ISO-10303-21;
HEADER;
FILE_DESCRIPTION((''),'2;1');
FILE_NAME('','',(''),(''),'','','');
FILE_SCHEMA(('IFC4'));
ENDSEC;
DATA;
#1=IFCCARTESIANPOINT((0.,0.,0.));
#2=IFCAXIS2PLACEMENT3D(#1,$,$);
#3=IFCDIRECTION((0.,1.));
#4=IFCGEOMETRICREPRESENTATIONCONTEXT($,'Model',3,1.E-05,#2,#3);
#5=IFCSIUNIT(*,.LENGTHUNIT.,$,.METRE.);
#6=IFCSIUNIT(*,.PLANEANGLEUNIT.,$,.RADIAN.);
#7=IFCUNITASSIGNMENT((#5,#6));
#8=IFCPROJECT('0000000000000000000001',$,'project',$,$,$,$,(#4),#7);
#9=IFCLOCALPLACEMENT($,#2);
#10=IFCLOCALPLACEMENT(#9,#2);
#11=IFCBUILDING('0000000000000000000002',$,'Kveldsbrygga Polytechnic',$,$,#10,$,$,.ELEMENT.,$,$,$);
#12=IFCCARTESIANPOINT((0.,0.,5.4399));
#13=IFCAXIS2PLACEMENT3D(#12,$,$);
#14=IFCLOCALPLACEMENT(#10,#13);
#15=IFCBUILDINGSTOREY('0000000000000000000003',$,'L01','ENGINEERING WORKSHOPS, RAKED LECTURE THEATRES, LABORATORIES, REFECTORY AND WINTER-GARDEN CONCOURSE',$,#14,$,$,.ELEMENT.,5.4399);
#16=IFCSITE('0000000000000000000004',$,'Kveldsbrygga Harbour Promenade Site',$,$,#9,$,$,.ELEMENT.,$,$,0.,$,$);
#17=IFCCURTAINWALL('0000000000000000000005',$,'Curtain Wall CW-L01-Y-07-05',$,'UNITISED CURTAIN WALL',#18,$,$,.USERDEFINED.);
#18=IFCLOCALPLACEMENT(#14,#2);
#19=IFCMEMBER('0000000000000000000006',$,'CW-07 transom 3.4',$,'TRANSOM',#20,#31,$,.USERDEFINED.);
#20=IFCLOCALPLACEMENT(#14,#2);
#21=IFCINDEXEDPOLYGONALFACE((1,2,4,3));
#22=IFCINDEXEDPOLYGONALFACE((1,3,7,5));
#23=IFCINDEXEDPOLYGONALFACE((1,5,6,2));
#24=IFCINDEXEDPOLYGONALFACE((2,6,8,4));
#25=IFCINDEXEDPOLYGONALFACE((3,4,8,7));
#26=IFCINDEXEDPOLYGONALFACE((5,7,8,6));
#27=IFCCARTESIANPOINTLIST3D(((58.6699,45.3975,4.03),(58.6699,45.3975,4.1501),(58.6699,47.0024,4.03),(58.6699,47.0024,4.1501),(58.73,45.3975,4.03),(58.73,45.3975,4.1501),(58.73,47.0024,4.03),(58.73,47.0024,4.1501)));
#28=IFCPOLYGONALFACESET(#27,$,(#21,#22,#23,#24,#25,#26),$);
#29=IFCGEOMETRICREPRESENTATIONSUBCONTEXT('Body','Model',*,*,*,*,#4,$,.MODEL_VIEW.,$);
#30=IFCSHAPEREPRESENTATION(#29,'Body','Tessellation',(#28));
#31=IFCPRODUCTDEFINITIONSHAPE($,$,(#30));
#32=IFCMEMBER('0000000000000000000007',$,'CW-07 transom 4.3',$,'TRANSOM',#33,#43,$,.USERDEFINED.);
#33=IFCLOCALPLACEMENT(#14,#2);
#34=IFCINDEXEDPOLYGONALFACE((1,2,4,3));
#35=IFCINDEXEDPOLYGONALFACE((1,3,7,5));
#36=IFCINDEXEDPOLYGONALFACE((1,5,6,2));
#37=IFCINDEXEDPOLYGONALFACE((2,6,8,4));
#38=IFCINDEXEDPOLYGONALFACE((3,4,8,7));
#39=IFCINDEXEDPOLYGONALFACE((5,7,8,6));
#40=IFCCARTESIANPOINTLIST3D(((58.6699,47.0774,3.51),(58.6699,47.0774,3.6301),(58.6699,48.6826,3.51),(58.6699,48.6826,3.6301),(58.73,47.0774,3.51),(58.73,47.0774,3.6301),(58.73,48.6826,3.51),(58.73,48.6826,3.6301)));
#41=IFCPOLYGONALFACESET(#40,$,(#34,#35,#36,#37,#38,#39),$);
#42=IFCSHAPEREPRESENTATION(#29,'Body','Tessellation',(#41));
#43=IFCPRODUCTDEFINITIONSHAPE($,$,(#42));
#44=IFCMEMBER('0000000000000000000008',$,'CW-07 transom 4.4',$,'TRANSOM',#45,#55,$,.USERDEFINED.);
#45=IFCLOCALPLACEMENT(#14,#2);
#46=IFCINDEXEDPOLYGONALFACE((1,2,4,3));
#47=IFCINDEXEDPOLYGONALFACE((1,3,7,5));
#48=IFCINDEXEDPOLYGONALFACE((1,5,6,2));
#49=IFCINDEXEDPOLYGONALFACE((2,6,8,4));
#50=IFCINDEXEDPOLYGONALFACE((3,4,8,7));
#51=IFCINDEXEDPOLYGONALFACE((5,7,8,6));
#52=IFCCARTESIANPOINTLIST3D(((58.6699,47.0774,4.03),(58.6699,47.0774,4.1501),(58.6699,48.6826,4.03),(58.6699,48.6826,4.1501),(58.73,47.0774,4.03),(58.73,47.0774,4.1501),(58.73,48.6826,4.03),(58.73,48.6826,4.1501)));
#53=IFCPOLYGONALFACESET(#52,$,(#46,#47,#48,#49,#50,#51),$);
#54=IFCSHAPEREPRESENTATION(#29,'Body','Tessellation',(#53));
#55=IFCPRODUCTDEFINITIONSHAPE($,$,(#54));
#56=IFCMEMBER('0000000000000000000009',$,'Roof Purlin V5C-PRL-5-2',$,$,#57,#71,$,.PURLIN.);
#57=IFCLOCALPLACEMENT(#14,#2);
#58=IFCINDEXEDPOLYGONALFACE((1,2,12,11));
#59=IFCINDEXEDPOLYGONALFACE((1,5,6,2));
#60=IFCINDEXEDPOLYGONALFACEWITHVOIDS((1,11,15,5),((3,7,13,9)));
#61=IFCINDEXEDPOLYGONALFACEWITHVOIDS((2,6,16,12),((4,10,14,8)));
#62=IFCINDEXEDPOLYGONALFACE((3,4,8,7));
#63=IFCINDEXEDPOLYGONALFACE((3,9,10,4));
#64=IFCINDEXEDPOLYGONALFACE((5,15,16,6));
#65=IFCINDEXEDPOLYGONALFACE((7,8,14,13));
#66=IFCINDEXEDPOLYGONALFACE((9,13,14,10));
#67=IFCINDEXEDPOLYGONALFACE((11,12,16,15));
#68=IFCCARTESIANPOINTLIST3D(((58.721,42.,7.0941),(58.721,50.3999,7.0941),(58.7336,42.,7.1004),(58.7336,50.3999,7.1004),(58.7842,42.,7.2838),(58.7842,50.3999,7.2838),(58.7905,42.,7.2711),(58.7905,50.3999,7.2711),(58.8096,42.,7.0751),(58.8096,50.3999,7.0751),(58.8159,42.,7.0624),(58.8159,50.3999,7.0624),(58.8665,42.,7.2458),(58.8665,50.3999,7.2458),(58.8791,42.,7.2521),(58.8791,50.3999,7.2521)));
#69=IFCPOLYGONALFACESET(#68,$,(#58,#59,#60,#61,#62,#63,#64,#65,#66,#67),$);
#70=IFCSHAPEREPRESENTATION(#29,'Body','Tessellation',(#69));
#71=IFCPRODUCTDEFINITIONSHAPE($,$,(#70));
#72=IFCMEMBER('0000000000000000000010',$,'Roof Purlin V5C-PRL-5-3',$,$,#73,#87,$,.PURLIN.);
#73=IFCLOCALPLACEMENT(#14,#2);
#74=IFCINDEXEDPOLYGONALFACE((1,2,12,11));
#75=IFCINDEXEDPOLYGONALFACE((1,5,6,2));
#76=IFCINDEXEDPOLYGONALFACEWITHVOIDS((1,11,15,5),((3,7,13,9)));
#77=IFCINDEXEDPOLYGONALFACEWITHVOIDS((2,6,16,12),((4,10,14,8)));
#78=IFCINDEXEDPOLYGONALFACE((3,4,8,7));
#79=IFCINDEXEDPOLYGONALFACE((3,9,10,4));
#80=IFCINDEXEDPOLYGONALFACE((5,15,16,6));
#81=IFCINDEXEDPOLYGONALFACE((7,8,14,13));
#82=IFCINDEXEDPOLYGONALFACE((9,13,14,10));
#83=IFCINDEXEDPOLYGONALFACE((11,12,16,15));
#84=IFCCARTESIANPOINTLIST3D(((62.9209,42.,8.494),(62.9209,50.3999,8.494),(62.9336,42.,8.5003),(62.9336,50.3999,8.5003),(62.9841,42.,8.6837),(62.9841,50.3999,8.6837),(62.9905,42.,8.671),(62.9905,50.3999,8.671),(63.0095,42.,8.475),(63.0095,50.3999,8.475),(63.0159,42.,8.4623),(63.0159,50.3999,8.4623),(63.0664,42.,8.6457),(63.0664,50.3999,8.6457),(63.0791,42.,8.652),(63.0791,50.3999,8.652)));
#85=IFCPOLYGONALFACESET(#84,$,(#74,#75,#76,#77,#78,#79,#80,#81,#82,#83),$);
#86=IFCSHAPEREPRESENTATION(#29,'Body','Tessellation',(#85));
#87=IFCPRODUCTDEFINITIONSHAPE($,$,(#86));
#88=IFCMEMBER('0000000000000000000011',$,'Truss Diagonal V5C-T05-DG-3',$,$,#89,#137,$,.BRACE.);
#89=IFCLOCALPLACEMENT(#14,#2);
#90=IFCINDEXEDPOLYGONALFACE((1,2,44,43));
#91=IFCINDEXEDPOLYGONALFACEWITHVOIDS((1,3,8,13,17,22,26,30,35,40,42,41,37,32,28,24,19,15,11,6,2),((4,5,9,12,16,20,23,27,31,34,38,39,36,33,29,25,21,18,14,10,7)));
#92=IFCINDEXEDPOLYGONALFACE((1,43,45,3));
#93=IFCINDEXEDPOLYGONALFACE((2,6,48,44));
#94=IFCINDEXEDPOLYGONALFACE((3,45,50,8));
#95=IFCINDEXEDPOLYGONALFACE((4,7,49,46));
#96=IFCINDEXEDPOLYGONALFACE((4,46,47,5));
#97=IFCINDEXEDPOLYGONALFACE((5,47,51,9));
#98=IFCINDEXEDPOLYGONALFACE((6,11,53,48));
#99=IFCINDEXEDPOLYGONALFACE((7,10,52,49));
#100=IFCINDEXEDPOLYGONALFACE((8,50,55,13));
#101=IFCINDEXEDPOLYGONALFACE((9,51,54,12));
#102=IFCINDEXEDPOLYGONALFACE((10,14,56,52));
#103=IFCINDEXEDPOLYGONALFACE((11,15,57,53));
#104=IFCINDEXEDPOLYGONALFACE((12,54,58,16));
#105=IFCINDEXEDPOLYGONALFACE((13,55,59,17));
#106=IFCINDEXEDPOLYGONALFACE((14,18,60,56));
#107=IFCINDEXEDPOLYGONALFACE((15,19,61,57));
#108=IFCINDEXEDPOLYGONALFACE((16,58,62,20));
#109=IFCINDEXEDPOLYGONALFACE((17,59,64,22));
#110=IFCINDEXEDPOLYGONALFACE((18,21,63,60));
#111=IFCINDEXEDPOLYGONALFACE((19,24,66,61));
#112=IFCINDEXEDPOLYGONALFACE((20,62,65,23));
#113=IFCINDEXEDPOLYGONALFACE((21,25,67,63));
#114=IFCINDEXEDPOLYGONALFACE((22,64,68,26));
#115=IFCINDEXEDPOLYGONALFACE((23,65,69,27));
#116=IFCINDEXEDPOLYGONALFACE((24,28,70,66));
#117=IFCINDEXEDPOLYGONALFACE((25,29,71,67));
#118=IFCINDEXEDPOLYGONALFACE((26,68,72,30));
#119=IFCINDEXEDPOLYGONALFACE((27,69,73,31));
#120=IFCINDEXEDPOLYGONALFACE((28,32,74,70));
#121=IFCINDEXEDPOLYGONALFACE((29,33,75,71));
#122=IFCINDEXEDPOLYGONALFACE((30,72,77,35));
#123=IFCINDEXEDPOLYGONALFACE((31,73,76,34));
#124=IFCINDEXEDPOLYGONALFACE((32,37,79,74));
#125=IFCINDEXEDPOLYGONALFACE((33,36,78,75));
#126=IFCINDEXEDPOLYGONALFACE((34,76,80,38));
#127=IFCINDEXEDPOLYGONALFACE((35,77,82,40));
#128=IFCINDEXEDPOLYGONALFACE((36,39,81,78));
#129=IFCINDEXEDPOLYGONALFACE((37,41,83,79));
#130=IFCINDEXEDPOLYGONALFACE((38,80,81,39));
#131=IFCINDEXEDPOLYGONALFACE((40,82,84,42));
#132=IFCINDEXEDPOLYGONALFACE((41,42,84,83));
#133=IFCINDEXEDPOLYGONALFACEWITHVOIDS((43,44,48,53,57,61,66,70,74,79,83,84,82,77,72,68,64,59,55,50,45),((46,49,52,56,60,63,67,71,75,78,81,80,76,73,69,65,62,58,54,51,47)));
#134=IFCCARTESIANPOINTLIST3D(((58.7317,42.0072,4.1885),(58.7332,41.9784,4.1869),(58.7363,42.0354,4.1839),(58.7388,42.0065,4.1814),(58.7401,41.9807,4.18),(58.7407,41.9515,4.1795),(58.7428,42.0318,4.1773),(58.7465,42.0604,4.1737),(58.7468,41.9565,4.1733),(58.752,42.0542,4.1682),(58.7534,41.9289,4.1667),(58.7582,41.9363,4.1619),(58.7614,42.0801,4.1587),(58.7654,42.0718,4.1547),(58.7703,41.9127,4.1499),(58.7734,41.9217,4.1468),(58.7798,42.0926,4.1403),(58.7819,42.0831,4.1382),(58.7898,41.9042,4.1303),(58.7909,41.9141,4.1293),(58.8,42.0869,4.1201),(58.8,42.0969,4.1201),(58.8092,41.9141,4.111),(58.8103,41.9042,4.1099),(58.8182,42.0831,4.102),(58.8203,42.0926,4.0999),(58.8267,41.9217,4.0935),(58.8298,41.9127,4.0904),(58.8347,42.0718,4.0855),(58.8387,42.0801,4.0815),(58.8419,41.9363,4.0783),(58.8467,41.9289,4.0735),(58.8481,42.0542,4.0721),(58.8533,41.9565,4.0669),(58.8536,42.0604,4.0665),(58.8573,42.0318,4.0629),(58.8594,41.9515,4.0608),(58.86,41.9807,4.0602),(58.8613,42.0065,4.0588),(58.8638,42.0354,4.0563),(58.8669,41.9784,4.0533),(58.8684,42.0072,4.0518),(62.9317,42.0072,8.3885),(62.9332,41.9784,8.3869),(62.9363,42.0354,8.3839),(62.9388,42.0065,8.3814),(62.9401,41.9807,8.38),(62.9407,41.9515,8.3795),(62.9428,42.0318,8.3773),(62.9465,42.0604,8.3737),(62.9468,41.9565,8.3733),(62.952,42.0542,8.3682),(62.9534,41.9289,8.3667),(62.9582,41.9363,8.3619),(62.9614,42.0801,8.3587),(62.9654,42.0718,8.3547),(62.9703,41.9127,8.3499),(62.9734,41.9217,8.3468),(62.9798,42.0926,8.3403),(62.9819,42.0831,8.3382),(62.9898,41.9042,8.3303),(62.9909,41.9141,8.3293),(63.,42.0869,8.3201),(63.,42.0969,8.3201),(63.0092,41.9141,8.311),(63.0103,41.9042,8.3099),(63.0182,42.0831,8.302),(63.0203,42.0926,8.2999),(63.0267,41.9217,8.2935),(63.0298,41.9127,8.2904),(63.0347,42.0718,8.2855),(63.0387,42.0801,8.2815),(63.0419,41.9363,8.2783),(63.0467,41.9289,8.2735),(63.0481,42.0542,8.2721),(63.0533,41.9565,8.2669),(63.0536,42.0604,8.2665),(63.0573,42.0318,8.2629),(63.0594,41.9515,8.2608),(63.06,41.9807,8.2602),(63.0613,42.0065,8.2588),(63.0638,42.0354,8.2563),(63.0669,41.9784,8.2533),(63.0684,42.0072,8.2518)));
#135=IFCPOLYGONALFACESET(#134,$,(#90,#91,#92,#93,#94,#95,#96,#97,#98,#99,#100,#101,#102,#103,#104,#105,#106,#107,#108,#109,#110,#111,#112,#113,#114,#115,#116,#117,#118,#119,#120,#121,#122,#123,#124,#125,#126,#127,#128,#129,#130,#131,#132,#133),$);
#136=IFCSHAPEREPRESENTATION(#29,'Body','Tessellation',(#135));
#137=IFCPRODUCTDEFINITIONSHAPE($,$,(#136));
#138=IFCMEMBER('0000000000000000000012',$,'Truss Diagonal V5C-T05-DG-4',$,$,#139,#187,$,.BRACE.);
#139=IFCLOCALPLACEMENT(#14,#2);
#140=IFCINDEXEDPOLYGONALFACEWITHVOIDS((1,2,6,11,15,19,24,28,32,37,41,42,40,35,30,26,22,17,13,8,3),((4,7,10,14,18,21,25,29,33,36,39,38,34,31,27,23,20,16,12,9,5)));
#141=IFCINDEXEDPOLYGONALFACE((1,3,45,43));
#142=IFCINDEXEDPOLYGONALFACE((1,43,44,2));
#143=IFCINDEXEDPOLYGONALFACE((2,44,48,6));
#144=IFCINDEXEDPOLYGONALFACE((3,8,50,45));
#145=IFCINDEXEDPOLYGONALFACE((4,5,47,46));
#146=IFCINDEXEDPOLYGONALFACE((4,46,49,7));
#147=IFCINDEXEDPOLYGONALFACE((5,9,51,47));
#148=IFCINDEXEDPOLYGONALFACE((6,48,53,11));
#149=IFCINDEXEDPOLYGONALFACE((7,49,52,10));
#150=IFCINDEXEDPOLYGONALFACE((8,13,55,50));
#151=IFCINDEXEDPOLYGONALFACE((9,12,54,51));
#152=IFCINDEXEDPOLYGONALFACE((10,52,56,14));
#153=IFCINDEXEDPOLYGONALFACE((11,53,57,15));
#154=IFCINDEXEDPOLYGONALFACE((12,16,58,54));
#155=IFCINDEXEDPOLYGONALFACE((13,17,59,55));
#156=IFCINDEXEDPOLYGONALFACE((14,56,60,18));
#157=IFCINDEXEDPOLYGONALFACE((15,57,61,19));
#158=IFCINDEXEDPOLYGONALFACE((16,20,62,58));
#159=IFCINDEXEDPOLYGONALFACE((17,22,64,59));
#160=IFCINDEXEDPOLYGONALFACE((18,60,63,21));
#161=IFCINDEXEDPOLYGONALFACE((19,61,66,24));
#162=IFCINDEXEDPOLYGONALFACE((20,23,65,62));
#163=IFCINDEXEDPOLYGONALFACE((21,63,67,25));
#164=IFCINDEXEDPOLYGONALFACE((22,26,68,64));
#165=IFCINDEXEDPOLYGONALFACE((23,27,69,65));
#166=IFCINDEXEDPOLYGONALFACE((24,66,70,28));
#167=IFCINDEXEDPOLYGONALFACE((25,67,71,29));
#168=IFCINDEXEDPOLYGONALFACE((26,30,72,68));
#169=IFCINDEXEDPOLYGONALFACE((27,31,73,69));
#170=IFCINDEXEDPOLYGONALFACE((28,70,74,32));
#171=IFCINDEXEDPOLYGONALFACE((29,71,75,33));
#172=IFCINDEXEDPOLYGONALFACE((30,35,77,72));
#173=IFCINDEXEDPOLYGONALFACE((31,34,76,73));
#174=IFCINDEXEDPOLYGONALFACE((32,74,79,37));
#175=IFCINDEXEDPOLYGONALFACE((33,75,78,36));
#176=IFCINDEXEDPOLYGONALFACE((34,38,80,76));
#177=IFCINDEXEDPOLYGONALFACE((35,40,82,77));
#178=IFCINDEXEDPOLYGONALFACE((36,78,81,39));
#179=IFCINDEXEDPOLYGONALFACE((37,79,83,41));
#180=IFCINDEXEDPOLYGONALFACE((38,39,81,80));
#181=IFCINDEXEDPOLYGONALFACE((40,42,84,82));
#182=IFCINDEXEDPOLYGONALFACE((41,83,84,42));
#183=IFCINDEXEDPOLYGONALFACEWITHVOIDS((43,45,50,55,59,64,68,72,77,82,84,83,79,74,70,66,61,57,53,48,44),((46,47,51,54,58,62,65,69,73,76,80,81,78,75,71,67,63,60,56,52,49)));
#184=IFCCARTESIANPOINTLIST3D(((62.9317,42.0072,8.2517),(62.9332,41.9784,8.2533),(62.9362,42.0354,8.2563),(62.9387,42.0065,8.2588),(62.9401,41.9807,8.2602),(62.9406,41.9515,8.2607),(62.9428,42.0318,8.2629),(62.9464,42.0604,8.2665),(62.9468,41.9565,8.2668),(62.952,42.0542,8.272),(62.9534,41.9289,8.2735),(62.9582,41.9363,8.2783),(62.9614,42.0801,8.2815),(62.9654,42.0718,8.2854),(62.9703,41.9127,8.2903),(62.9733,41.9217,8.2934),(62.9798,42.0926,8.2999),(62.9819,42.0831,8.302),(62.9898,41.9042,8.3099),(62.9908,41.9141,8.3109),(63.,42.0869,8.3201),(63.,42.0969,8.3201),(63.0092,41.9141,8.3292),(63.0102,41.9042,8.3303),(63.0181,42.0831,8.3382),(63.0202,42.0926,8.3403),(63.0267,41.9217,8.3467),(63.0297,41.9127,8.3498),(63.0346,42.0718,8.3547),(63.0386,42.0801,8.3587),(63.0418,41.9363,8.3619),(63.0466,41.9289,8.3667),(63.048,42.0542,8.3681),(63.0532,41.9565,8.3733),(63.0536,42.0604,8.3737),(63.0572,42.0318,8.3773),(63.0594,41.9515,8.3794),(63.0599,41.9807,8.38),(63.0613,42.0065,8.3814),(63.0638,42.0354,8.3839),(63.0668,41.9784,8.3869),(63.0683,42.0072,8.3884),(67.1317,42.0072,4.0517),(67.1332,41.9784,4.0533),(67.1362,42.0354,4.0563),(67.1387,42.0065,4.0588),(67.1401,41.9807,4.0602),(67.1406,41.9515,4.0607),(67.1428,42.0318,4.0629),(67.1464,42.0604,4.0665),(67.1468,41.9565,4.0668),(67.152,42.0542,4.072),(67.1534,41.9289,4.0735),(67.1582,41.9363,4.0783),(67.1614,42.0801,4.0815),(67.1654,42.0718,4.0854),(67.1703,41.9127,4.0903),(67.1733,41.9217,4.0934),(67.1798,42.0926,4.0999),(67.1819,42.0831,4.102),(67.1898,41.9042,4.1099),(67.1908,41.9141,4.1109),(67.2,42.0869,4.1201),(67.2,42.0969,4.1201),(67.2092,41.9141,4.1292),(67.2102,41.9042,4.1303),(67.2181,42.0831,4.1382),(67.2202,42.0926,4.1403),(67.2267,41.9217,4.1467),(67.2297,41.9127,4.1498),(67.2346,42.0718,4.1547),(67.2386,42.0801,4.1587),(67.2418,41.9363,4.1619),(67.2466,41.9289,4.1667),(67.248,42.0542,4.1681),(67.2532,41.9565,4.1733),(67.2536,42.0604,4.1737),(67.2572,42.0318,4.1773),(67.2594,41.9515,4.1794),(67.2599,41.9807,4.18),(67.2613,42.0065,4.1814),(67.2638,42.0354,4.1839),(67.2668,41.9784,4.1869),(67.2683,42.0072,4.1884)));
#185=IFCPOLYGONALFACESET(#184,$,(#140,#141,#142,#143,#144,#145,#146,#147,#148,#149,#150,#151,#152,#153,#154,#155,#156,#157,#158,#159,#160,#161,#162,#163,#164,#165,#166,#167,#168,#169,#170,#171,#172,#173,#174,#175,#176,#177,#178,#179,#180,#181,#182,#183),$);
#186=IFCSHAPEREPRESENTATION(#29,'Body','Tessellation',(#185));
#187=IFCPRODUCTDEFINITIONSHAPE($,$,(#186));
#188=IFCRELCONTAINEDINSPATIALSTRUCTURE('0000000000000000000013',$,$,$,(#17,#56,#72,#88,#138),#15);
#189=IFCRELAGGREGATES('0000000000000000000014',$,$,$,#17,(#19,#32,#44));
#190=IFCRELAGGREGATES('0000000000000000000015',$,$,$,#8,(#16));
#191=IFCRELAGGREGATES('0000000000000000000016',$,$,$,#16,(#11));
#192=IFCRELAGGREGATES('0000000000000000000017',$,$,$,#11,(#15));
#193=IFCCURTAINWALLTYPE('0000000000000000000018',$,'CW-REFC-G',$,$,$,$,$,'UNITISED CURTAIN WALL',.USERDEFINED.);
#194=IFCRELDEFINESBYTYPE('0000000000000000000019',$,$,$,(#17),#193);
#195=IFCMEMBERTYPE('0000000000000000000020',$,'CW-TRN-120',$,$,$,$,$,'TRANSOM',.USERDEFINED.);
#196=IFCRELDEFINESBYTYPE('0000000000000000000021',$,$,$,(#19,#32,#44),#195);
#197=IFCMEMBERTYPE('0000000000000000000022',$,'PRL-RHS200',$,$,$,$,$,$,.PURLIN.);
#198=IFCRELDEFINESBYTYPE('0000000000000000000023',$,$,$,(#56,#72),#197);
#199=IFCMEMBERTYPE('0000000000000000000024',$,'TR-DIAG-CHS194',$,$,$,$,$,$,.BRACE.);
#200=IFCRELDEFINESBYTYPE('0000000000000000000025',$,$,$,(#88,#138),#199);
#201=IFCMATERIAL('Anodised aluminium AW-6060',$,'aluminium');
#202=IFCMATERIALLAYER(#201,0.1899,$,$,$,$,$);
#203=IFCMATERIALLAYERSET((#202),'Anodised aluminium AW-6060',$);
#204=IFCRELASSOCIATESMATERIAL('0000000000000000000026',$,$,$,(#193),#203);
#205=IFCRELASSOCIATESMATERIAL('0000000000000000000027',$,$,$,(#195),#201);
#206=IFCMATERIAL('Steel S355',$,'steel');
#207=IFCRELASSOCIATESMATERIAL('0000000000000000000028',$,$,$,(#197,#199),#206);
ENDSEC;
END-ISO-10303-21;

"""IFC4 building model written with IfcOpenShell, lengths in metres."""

from ifc_helpers import new_model, si_unit, direction, frame, origin, origin_2d, place, context, subcontext, project, spatial, rectangle, hollow_rectangle, hollow_circle, extrude, material, layer, layer_set, material_profile, profile_set, type_object, element, aggregate, save


model = new_model("IFC4")

# Units and contexts
model_context = context("Model", 3, precision=1e-05, world=origin(), true_north=direction((0.0, 1.0)))
body_context = subcontext(model_context, "Body", "Model", "MODEL_VIEW")
ifc_project = project(units=[si_unit("LENGTHUNIT", "METRE"), si_unit("PLANEANGLEUNIT", "RADIAN")], contexts=[model_context])

# Site, building, storey
site_placement = place(None, origin())
site = spatial("IfcSite", under=ifc_project, at=site_placement, Name="Kveldsbrygga Harbour Promenade Site", CompositionType="ELEMENT", RefElevation=0.0)
building_placement = place(site_placement, origin())
building = spatial("IfcBuilding", under=site, at=building_placement, Name="Kveldsbrygga Polytechnic", CompositionType="ELEMENT")
storey_placement = place(building_placement, frame((0.0, 0.0, 5.4399)))
storey = spatial("IfcBuildingStorey", under=building, at=storey_placement, Name="L01", Description="ENGINEERING WORKSHOPS, RAKED LECTURE THEATRES, LABORATORIES, REFECTORY AND WINTER-GARDEN CONCOURSE", CompositionType="ELEMENT", Elevation=5.4399)

# Curtain wall, members
ifc_material_1 = material(Name="Anodised aluminium AW-6060", Category="aluminium")
ifc_layer_1 = layer(ifc_material_1, 0.1899)
ifc_layer_set_1 = layer_set([ifc_layer_1], Name="Anodised aluminium AW-6060")
curtain_wall_type = type_object("IfcCurtainWallType", Name="CW-REFC-G", ElementType="UNITISED CURTAIN WALL", PredefinedType="USERDEFINED", material=ifc_layer_set_1)
curtain_wall_placement = place(storey_placement, origin())
curtain_wall = element("IfcCurtainWall", 1, at=curtain_wall_placement, inside=storey, type_object=curtain_wall_type, Name="Curtain Wall CW-L01-Y-07-05", ObjectType="UNITISED CURTAIN WALL", PredefinedType="USERDEFINED")
ifc_material_profile_1 = material_profile(ifc_material_1, rectangle(XDim=0.0601, YDim=0.1201, at=origin_2d()), Name="ALU 60x120")
ifc_profile_set_1 = profile_set([ifc_material_profile_1], Name="Anodised aluminium AW-6060")
member_type_1 = type_object("IfcMemberType", Name="CW-TRN-120", ElementType="TRANSOM", PredefinedType="USERDEFINED", material=ifc_profile_set_1)
member_1_placement = place(storey_placement, frame((58.7, 45.3975, 4.0901), z_axis=(0.0, 1.0, 0.0), x_axis=(-1.0, 0.0, 0.0)))
member_1 = element("IfcMember", 2, at=member_1_placement, type_object=member_type_1, Name="CW-07 transom 3.4", ObjectType="TRANSOM", PredefinedType="USERDEFINED", context=body_context, shape_type="SweptSolid", body=[
    extrude(rectangle(XDim=0.0601, YDim=0.1201, at=origin_2d()), origin(), (0.0, 0.0, 1.0), 1.605),
])
member_2_placement = place(storey_placement, frame((58.7, 47.0774, 3.5701), z_axis=(0.0, 1.0, 0.0), x_axis=(-1.0, 0.0, 0.0)))
member_2 = element("IfcMember", 3, at=member_2_placement, type_object=member_type_1, Name="CW-07 transom 4.3", ObjectType="TRANSOM", PredefinedType="USERDEFINED", context=body_context, shape_type="SweptSolid", body=[
    extrude(rectangle(XDim=0.0601, YDim=0.1201, at=origin_2d()), origin(), (0.0, 0.0, 1.0), 1.6052),
])
member_3_placement = place(storey_placement, frame((58.7, 47.0774, 4.0901), z_axis=(0.0, 1.0, 0.0), x_axis=(-1.0, 0.0, 0.0)))
member_3 = element("IfcMember", 4, at=member_3_placement, type_object=member_type_1, Name="CW-07 transom 4.4", ObjectType="TRANSOM", PredefinedType="USERDEFINED", context=body_context, shape_type="SweptSolid", body=[
    extrude(rectangle(XDim=0.0601, YDim=0.1201, at=origin_2d()), origin(), (0.0, 0.0, 1.0), 1.6052),
])

# Members
ifc_material_2 = material(Name="Steel S355", Category="steel")
ifc_material_profile_2 = material_profile(ifc_material_2, hollow_rectangle(XDim=0.1001, YDim=0.2, WallThickness=0.01, at=origin_2d()), Name="RHS 200x100x10.0")
ifc_profile_set_2 = profile_set([ifc_material_profile_2], Name="Steel S355")
member_type_2 = type_object("IfcMemberType", Name="PRL-RHS200", PredefinedType="PURLIN", material=ifc_profile_set_2)
for number, where, z_axis, x_axis, name in (
    (5, (58.8, 42.0, 7.1731), (0.0, 1.0, 0.0), (-0.948684, 0.0, 0.316227), "Roof Purlin V5C-PRL-5-2"),
    (6, (63.0, 42.0, 8.573), (0.0, 1.0, 0.0), (-0.948684, 0.0, 0.316227), "Roof Purlin V5C-PRL-5-3"),
):
    element("IfcMember", number, at=place(storey_placement, frame(where, z_axis=z_axis, x_axis=x_axis)), inside=storey, type_object=member_type_2, Name=name, PredefinedType="PURLIN", context=body_context, shape_type="SweptSolid", body=[
        extrude(hollow_rectangle(XDim=0.1001, YDim=0.2, WallThickness=0.01, at=origin_2d()), origin(), (0.0, 0.0, 1.0), 8.3999),
    ])
ifc_material_profile_3 = material_profile(ifc_material_2, hollow_circle(Radius=0.0969, WallThickness=0.01, at=origin_2d()), Name="CHS 193.7x10.0")
ifc_profile_set_3 = profile_set([ifc_material_profile_3], Name="Steel S355")
member_type_3 = type_object("IfcMemberType", Name="TR-DIAG-CHS194", PredefinedType="BRACE", material=ifc_profile_set_3)
for number, where, z_axis, x_axis, name in (
    (7, (58.8, 42.0, 4.1201), (0.707107, 0.0, 0.707107), (0.0, 1.0, 0.0), "Truss Diagonal V5C-T05-DG-3"),
    (8, (63.0, 42.0, 8.3201), (0.707107, 0.0, -0.707107), (0.0, 1.0, 0.0), "Truss Diagonal V5C-T05-DG-4"),
):
    element("IfcMember", number, at=place(storey_placement, frame(where, z_axis=z_axis, x_axis=x_axis)), inside=storey, type_object=member_type_3, Name=name, PredefinedType="BRACE", context=body_context, shape_type="SweptSolid", body=[
        extrude(hollow_circle(Radius=0.0969, WallThickness=0.01, at=origin_2d()), origin(), (0.0, 0.0, 1.0), 5.9397),
    ])

aggregate(curtain_wall, [member_1, member_2, member_3])

save(model, "model.ifc")
